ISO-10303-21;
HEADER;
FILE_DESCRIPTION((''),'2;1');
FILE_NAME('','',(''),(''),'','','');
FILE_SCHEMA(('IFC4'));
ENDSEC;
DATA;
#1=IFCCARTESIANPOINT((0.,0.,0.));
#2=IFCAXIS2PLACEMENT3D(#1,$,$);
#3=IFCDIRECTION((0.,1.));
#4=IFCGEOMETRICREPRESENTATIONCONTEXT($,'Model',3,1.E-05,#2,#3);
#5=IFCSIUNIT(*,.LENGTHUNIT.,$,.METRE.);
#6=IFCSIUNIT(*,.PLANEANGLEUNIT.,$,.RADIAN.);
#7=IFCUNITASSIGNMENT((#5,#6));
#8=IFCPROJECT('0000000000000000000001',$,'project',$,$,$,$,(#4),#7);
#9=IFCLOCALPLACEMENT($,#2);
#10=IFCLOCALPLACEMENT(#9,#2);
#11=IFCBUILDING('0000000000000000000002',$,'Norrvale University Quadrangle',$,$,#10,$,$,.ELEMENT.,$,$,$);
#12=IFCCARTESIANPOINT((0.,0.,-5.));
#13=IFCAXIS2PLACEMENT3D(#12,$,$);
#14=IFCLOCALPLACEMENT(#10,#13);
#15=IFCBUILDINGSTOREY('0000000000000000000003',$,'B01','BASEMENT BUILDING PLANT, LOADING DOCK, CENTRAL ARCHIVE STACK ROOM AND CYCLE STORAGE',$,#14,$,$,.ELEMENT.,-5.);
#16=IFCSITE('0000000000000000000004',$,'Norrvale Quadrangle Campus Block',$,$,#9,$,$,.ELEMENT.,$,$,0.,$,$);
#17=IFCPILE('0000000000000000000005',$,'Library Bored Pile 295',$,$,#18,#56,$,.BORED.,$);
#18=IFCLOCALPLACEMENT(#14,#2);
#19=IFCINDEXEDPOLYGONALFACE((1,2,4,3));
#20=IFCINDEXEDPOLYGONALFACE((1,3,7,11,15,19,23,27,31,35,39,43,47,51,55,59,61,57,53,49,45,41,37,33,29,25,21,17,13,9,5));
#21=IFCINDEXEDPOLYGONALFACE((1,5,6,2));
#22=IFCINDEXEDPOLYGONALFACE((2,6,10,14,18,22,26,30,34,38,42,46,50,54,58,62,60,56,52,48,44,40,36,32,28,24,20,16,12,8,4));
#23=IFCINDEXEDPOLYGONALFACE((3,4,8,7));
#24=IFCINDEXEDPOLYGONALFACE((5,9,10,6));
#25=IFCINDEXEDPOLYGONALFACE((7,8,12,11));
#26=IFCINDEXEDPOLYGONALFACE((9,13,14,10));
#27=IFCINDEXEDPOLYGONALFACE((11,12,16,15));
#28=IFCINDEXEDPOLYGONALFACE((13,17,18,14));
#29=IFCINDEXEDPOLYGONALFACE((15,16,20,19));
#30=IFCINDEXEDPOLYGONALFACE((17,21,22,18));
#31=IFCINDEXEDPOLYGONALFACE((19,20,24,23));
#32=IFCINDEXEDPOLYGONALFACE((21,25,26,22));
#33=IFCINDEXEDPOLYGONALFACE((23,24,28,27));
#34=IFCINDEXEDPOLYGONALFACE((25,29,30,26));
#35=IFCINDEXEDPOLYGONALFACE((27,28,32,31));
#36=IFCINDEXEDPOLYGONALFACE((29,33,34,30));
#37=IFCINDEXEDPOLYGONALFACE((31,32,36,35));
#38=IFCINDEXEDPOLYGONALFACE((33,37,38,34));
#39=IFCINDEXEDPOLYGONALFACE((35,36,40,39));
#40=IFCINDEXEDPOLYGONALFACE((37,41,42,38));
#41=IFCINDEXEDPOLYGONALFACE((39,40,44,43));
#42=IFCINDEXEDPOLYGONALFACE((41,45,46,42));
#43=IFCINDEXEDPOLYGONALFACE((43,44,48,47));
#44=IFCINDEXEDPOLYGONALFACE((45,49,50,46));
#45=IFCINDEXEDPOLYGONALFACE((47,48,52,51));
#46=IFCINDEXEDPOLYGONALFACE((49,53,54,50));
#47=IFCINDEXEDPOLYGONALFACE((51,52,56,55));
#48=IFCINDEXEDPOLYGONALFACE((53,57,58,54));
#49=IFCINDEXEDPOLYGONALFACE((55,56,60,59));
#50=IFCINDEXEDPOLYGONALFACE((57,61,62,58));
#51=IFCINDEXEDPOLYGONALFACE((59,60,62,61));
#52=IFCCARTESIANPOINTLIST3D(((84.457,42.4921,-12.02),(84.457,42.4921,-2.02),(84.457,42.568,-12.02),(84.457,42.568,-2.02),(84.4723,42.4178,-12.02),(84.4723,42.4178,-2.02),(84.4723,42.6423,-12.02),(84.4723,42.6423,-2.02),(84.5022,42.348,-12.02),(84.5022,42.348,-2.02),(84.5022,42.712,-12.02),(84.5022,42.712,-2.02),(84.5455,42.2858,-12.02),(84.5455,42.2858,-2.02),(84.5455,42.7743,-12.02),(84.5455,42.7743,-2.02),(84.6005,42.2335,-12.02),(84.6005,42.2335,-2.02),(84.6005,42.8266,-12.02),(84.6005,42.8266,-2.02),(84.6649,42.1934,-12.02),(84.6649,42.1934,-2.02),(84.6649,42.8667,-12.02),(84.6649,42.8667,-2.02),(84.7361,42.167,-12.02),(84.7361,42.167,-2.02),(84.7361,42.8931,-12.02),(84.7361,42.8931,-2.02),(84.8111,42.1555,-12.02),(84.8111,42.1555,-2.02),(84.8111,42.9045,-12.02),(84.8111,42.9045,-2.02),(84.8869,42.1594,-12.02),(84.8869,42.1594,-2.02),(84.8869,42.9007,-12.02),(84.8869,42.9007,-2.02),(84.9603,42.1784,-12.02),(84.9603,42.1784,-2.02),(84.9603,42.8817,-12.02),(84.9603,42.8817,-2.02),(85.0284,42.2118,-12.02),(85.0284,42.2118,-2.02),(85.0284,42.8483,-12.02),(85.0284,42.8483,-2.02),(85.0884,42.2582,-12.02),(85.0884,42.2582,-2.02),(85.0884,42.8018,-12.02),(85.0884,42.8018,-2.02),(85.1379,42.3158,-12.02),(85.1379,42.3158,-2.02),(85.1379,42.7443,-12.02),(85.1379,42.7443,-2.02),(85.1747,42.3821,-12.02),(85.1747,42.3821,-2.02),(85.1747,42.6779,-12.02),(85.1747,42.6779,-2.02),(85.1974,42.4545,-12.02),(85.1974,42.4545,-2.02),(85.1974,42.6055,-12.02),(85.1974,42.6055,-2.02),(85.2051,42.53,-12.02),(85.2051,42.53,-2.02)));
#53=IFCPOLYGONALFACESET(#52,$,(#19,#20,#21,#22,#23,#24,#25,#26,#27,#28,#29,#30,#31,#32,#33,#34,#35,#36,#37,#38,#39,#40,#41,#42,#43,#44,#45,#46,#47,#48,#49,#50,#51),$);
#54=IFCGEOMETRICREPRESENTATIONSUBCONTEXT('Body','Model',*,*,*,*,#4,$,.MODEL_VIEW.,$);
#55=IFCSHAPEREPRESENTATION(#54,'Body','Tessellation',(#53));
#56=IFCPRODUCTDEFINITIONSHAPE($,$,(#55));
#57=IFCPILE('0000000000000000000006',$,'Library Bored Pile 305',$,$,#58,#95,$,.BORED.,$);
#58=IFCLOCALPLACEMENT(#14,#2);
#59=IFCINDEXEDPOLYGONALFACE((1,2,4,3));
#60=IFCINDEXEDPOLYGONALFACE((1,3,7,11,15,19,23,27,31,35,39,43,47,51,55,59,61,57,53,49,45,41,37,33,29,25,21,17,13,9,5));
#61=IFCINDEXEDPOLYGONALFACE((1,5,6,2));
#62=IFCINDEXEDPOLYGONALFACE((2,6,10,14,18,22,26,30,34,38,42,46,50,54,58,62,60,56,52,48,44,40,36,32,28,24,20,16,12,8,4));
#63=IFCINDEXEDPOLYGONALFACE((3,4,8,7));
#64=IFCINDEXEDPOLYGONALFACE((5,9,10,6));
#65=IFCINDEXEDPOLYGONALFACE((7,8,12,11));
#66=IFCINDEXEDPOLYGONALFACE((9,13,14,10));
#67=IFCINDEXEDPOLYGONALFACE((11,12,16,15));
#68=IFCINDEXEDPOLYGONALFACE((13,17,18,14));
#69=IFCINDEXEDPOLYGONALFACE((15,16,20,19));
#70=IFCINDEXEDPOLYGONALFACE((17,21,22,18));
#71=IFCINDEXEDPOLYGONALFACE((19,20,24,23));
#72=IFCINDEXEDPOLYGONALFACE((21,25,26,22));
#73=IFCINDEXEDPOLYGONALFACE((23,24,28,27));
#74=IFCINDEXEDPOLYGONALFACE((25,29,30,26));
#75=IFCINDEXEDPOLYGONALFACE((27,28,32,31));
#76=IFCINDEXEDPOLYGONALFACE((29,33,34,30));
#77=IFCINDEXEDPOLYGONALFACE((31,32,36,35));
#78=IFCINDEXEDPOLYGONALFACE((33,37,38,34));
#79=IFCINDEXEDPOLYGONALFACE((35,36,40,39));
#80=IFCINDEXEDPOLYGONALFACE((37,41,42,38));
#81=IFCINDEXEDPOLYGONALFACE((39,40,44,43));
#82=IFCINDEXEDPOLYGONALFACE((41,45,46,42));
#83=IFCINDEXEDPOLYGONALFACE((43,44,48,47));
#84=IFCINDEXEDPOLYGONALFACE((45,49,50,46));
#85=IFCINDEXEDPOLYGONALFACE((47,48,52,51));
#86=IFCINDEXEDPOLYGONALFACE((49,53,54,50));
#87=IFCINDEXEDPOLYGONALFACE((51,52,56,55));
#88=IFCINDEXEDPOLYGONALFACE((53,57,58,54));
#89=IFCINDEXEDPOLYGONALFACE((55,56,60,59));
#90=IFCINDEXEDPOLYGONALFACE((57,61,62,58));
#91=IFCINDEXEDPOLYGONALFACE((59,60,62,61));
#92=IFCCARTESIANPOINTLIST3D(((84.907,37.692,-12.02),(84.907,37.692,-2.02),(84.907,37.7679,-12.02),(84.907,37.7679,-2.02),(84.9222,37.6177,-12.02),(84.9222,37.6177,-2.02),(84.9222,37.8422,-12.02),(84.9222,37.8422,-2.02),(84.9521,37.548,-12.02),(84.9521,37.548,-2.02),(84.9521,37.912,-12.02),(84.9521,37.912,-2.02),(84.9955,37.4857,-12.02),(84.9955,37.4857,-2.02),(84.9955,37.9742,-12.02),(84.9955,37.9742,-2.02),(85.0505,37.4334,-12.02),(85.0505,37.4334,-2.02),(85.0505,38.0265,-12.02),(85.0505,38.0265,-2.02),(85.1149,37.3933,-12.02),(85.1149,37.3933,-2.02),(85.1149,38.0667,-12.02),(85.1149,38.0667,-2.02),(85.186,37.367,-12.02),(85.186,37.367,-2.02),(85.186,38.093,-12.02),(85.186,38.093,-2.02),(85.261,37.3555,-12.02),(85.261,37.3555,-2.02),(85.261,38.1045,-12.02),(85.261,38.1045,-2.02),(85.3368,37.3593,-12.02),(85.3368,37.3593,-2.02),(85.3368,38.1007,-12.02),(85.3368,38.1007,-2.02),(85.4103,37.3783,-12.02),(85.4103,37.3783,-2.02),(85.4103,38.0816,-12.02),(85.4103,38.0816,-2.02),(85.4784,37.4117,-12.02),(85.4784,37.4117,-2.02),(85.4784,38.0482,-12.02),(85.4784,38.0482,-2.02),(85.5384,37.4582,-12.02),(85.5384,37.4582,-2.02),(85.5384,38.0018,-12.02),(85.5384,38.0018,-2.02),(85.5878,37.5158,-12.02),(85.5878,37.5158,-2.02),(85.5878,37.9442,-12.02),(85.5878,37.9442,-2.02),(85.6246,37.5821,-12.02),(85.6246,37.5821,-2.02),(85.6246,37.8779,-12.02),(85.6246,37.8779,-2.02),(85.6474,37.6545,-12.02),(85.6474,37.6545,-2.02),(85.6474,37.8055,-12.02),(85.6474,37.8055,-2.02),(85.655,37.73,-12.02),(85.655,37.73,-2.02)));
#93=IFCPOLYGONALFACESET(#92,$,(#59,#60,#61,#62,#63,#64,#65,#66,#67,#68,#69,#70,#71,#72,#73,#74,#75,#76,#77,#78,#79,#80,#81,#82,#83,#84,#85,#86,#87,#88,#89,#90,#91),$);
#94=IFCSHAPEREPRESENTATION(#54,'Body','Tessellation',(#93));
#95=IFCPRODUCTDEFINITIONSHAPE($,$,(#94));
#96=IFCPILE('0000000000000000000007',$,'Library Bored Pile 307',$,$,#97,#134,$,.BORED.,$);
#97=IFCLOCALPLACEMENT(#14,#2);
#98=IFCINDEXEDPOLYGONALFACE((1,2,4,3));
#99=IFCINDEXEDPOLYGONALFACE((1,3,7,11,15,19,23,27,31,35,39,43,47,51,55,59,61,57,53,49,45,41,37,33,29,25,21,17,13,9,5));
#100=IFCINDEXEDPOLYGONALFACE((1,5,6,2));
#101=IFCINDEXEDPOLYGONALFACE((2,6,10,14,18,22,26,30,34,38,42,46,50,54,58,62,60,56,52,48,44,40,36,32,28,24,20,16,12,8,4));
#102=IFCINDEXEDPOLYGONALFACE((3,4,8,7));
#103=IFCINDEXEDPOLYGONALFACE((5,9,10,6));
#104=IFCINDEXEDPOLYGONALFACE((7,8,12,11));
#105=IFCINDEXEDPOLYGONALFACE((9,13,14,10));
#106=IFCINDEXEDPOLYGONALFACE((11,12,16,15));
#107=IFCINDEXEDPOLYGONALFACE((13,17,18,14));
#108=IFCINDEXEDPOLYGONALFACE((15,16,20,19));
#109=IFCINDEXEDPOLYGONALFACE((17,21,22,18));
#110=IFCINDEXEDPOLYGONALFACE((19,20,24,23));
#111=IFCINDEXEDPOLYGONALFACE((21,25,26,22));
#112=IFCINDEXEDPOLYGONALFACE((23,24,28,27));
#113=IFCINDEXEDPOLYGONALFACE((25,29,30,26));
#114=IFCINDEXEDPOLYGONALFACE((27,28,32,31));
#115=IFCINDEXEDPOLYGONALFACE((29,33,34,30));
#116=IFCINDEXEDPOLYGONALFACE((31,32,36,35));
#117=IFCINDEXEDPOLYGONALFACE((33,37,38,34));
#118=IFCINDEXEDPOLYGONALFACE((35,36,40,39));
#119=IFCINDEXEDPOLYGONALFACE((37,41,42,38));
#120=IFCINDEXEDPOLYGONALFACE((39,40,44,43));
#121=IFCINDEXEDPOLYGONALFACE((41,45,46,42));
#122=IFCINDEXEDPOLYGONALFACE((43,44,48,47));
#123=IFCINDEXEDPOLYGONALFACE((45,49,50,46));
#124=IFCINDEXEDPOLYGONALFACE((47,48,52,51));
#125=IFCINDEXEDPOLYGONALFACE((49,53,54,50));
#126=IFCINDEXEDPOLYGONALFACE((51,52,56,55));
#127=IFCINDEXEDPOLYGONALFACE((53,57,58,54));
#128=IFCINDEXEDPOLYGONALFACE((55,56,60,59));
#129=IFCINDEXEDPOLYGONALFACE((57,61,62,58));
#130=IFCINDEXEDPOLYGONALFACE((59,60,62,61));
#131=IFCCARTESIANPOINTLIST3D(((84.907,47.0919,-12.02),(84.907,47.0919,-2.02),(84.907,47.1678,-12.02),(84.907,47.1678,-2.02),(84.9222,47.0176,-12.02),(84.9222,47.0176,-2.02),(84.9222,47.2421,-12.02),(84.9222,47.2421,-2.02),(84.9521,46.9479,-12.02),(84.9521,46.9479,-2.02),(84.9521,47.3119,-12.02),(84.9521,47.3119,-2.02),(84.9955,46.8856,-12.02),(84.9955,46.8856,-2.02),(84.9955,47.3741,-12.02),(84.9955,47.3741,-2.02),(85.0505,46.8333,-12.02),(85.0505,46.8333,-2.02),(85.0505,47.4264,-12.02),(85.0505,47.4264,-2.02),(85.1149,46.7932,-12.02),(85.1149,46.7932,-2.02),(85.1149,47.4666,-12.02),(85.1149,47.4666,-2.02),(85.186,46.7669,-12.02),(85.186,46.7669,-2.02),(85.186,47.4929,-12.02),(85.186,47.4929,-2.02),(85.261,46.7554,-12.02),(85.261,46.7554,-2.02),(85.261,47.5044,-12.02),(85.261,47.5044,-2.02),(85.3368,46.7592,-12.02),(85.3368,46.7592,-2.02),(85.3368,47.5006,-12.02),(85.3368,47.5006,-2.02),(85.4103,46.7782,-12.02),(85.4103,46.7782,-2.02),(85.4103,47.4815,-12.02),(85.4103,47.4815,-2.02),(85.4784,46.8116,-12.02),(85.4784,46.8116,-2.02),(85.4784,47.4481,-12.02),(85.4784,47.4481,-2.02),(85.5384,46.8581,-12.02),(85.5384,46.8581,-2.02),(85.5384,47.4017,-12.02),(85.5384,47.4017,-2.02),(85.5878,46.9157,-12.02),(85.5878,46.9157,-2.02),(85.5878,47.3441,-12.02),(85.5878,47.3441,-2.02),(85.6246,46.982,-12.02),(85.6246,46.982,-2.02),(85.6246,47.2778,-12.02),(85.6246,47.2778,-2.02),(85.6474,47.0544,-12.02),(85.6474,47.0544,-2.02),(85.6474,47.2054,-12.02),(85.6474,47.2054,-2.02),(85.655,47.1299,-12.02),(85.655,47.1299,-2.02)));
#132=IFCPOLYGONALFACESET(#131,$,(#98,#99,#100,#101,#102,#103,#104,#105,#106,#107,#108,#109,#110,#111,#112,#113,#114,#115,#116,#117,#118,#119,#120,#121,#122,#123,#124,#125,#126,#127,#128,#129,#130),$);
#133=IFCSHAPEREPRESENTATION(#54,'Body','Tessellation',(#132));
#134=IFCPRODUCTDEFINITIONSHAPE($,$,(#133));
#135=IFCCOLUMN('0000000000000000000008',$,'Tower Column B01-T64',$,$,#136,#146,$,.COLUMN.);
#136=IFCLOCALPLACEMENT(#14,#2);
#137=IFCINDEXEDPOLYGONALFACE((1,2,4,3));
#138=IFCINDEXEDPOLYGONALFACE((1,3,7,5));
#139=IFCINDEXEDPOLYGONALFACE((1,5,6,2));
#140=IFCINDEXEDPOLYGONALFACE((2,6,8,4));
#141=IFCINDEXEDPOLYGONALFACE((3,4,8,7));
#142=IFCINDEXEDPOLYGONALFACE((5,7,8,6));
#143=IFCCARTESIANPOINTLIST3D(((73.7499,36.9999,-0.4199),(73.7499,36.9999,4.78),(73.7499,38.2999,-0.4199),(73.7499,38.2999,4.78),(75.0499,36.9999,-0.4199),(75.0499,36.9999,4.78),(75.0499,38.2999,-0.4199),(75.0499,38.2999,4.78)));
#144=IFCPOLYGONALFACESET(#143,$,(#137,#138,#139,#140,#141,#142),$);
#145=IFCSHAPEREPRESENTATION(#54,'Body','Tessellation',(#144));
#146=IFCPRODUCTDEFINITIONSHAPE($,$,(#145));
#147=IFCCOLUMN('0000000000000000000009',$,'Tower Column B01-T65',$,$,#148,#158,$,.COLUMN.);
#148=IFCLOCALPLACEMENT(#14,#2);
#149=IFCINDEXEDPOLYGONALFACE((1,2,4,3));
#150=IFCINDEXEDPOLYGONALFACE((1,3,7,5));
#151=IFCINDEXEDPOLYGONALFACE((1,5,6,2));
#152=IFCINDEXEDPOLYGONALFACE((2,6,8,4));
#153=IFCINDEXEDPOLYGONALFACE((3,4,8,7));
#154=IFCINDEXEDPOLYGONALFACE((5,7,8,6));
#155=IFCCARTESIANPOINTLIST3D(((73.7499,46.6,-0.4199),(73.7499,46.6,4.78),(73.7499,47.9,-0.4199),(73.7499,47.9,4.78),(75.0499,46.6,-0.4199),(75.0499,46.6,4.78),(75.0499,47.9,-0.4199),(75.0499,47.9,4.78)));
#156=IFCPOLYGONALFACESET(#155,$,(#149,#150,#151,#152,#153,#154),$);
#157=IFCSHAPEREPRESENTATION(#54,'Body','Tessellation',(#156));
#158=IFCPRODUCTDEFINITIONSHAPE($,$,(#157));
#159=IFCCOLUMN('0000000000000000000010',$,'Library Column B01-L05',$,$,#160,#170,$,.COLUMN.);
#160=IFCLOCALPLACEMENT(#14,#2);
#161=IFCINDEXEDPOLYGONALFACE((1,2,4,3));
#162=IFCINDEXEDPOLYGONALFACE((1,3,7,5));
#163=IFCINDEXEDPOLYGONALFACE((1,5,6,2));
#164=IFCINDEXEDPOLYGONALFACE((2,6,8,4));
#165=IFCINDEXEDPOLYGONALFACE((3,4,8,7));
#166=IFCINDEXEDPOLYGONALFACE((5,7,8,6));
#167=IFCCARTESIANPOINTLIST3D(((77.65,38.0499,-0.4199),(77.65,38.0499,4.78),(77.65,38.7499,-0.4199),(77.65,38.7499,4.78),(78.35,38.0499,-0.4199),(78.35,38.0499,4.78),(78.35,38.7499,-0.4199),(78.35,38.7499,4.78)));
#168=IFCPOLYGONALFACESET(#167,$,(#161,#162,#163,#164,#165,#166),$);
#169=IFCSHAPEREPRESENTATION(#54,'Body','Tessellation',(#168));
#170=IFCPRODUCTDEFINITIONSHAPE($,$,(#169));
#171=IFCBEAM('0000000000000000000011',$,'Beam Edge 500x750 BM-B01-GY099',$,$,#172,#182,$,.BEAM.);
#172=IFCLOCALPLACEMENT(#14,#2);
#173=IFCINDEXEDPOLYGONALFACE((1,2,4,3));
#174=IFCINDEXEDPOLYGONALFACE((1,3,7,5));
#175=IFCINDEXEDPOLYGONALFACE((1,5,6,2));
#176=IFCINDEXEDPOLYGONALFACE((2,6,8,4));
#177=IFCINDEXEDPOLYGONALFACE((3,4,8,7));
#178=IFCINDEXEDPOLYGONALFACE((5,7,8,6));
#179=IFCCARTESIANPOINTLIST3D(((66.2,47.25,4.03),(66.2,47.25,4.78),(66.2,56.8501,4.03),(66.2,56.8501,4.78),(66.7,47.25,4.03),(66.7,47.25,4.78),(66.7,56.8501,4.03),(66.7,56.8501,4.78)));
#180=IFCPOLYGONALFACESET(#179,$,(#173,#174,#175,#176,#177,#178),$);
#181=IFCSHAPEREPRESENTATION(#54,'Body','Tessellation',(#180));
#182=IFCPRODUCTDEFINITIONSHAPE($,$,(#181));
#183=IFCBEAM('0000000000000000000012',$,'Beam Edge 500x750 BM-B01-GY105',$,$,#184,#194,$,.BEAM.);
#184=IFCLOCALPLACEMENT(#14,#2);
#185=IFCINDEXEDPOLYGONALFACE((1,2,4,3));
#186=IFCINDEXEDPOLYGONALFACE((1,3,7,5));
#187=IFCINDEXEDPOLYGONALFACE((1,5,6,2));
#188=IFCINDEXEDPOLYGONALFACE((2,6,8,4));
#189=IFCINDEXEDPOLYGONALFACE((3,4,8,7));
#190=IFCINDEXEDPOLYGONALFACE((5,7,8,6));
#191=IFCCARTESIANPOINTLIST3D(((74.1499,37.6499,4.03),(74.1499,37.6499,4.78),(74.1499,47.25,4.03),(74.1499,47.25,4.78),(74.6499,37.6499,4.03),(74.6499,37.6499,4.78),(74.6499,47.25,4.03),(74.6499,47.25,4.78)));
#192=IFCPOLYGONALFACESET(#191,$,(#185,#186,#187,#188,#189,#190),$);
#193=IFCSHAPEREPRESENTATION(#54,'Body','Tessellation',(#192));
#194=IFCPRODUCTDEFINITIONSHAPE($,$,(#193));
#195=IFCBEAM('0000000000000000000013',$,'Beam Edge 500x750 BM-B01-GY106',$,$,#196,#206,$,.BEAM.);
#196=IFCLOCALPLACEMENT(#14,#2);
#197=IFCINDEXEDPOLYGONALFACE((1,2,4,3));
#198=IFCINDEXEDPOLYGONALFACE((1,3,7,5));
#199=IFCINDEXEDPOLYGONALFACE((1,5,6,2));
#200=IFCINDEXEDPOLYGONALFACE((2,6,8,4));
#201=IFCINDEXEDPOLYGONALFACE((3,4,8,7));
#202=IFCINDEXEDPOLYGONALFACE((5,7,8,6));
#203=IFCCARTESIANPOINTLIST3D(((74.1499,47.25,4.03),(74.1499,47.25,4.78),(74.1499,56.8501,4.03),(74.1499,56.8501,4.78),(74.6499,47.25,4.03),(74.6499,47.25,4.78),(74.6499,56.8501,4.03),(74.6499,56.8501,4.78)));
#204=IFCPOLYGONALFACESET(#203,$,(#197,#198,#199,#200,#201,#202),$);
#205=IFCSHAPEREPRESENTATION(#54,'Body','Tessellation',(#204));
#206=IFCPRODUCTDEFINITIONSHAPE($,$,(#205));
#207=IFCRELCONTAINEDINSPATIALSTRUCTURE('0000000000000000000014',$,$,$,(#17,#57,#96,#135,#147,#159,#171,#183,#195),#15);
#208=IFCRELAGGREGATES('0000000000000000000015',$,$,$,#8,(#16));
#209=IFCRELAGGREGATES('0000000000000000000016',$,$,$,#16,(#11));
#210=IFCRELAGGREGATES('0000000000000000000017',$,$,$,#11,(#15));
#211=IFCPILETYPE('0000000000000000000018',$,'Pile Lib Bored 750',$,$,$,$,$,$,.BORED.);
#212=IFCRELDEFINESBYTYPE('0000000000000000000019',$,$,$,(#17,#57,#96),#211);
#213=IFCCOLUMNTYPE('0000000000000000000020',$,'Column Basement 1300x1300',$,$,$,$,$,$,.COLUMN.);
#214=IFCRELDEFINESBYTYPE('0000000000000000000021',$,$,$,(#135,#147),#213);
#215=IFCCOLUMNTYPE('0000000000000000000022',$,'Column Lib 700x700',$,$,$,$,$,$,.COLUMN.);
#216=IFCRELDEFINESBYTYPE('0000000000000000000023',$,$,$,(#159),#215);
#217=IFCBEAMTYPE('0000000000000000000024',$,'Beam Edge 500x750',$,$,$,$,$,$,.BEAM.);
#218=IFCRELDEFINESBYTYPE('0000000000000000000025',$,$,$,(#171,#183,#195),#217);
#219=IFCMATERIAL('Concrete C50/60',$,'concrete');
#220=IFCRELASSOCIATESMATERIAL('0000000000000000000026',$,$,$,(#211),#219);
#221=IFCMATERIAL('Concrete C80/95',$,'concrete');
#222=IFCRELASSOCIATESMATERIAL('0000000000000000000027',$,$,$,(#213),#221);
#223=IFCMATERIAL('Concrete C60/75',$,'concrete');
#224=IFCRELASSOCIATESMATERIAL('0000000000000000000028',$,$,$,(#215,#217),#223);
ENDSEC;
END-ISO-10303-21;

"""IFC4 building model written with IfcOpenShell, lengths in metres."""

from ifc_helpers import new_model, si_unit, direction, frame, origin, origin_2d, place, context, subcontext, project, spatial, rectangle, circle, extrude, material, material_profile, profile_set, type_object, element, save


model = new_model("IFC4")

# Units and contexts
model_context = context("Model", 3, precision=1e-05, world=origin(), true_north=direction((0.0, 1.0)))
body_context = subcontext(model_context, "Body", "Model", "MODEL_VIEW")
ifc_project = project(units=[si_unit("LENGTHUNIT", "METRE"), si_unit("PLANEANGLEUNIT", "RADIAN")], contexts=[model_context])

# Site, building, storey
site_placement = place(None, origin())
site = spatial("IfcSite", under=ifc_project, at=site_placement, Name="Norrvale Quadrangle Campus Block", CompositionType="ELEMENT", RefElevation=0.0)
building_placement = place(site_placement, origin())
building = spatial("IfcBuilding", under=site, at=building_placement, Name="Norrvale University Quadrangle", CompositionType="ELEMENT")
storey_placement = place(building_placement, frame((0.0, 0.0, -5.0)))
storey = spatial("IfcBuildingStorey", under=building, at=storey_placement, Name="B01", Description="BASEMENT BUILDING PLANT, LOADING DOCK, CENTRAL ARCHIVE STACK ROOM AND CYCLE STORAGE", CompositionType="ELEMENT", Elevation=-5.0)

# Shared definitions
ifc_material_1 = material(Name="Concrete C50/60", Category="concrete")

# Piles
ifc_material_profile_1 = material_profile(ifc_material_1, circle(Radius=0.375, at=origin_2d()), Name="Concrete C50/60")
ifc_profile_set_1 = profile_set([ifc_material_profile_1], Name="Concrete C50/60")
pile_type_1 = type_object("IfcPileType", Name="Pile Lib Bored 750", PredefinedType="BORED", material=ifc_profile_set_1)
for number, where, z_axis, x_axis, name in (
    (1, (84.8301, 42.53, -2.02), (0.0, 0.0, -1.0), (1.0, 0.0, 0.0), "Library Bored Pile 295"),
    (2, (85.28, 37.73, -2.02), (0.0, 0.0, -1.0), (1.0, 0.0, 0.0), "Library Bored Pile 305"),
    (3, (85.28, 47.1299, -2.02), (0.0, 0.0, -1.0), (1.0, 0.0, 0.0), "Library Bored Pile 307"),
):
    element("IfcPile", number, at=place(storey_placement, frame(where, z_axis=z_axis, x_axis=x_axis)), inside=storey, type_object=pile_type_1, Name=name, PredefinedType="BORED", context=body_context, shape_type="SweptSolid", body=[
        extrude(circle(Radius=0.375, at=origin_2d()), origin(), (0.0, 0.0, 1.0), 10.0),
    ])

# Columns
ifc_material_2 = material(Name="Concrete C80/95", Category="concrete")
ifc_material_profile_2 = material_profile(ifc_material_2, rectangle(XDim=1.3, YDim=1.3, at=origin_2d()), Name="Concrete C80/95")
ifc_profile_set_2 = profile_set([ifc_material_profile_2], Name="Concrete C80/95")
column_type_1 = type_object("IfcColumnType", Name="Column Basement 1300x1300", PredefinedType="COLUMN", material=ifc_profile_set_2)
for number, where, z_axis, x_axis, name in (
    (4, (74.3999, 37.6499, -0.4199), (0.0, 0.0, 1.0), (1.0, 0.0, 0.0), "Tower Column B01-T64"),
    (5, (74.3999, 47.25, -0.4199), (0.0, 0.0, 1.0), (1.0, 0.0, 0.0), "Tower Column B01-T65"),
):
    element("IfcColumn", number, at=place(storey_placement, frame(where, z_axis=z_axis, x_axis=x_axis)), inside=storey, type_object=column_type_1, Name=name, PredefinedType="COLUMN", context=body_context, shape_type="SweptSolid", body=[
        extrude(rectangle(XDim=1.3, YDim=1.3, at=origin_2d()), origin(), (0.0, 0.0, 1.0), 5.2),
    ])
ifc_material_3 = material(Name="Concrete C60/75", Category="concrete")
ifc_material_profile_3 = material_profile(ifc_material_3, rectangle(XDim=0.7, YDim=0.7, at=origin_2d()), Name="Concrete C60/75")
ifc_profile_set_3 = profile_set([ifc_material_profile_3], Name="Concrete C60/75")
column_type_2 = type_object("IfcColumnType", Name="Column Lib 700x700", PredefinedType="COLUMN", material=ifc_profile_set_3)
column_placement = place(storey_placement, frame((78.0, 38.3999, -0.4199), z_axis=(0.0, 0.0, 1.0), x_axis=(1.0, 0.0, 0.0)))
element("IfcColumn", 6, at=column_placement, inside=storey, type_object=column_type_2, Name="Library Column B01-L05", PredefinedType="COLUMN", context=body_context, shape_type="SweptSolid", body=[
    extrude(rectangle(XDim=0.7, YDim=0.7, at=origin_2d()), origin(), (0.0, 0.0, 1.0), 5.2),
])

# Beams
ifc_material_profile_4 = material_profile(ifc_material_3, rectangle(XDim=0.5, YDim=0.75, at=origin_2d()), Name="Concrete C60/75")
ifc_profile_set_4 = profile_set([ifc_material_profile_4], Name="Concrete C60/75")
beam_type_1 = type_object("IfcBeamType", Name="Beam Edge 500x750", PredefinedType="BEAM", material=ifc_profile_set_4)
for number, where, z_axis, x_axis, name in (
    (7, (66.45, 47.25, 4.405), (0.0, 1.0, 0.0), (-1.0, 0.0, 0.0), "Beam Edge 500x750 BM-B01-GY099"),
    (8, (74.3999, 37.6499, 4.405), (0.0, 1.0, 0.0), (-1.0, 0.0, 0.0), "Beam Edge 500x750 BM-B01-GY105"),
    (9, (74.3999, 47.25, 4.405), (0.0, 1.0, 0.0), (-1.0, 0.0, 0.0), "Beam Edge 500x750 BM-B01-GY106"),
):
    element("IfcBeam", number, at=place(storey_placement, frame(where, z_axis=z_axis, x_axis=x_axis)), inside=storey, type_object=beam_type_1, Name=name, PredefinedType="BEAM", context=body_context, shape_type="SweptSolid", body=[
        extrude(rectangle(XDim=0.5, YDim=0.75, at=origin_2d()), origin(), (0.0, 0.0, 1.0), 9.6001),
    ])

save(model, "model.ifc")
